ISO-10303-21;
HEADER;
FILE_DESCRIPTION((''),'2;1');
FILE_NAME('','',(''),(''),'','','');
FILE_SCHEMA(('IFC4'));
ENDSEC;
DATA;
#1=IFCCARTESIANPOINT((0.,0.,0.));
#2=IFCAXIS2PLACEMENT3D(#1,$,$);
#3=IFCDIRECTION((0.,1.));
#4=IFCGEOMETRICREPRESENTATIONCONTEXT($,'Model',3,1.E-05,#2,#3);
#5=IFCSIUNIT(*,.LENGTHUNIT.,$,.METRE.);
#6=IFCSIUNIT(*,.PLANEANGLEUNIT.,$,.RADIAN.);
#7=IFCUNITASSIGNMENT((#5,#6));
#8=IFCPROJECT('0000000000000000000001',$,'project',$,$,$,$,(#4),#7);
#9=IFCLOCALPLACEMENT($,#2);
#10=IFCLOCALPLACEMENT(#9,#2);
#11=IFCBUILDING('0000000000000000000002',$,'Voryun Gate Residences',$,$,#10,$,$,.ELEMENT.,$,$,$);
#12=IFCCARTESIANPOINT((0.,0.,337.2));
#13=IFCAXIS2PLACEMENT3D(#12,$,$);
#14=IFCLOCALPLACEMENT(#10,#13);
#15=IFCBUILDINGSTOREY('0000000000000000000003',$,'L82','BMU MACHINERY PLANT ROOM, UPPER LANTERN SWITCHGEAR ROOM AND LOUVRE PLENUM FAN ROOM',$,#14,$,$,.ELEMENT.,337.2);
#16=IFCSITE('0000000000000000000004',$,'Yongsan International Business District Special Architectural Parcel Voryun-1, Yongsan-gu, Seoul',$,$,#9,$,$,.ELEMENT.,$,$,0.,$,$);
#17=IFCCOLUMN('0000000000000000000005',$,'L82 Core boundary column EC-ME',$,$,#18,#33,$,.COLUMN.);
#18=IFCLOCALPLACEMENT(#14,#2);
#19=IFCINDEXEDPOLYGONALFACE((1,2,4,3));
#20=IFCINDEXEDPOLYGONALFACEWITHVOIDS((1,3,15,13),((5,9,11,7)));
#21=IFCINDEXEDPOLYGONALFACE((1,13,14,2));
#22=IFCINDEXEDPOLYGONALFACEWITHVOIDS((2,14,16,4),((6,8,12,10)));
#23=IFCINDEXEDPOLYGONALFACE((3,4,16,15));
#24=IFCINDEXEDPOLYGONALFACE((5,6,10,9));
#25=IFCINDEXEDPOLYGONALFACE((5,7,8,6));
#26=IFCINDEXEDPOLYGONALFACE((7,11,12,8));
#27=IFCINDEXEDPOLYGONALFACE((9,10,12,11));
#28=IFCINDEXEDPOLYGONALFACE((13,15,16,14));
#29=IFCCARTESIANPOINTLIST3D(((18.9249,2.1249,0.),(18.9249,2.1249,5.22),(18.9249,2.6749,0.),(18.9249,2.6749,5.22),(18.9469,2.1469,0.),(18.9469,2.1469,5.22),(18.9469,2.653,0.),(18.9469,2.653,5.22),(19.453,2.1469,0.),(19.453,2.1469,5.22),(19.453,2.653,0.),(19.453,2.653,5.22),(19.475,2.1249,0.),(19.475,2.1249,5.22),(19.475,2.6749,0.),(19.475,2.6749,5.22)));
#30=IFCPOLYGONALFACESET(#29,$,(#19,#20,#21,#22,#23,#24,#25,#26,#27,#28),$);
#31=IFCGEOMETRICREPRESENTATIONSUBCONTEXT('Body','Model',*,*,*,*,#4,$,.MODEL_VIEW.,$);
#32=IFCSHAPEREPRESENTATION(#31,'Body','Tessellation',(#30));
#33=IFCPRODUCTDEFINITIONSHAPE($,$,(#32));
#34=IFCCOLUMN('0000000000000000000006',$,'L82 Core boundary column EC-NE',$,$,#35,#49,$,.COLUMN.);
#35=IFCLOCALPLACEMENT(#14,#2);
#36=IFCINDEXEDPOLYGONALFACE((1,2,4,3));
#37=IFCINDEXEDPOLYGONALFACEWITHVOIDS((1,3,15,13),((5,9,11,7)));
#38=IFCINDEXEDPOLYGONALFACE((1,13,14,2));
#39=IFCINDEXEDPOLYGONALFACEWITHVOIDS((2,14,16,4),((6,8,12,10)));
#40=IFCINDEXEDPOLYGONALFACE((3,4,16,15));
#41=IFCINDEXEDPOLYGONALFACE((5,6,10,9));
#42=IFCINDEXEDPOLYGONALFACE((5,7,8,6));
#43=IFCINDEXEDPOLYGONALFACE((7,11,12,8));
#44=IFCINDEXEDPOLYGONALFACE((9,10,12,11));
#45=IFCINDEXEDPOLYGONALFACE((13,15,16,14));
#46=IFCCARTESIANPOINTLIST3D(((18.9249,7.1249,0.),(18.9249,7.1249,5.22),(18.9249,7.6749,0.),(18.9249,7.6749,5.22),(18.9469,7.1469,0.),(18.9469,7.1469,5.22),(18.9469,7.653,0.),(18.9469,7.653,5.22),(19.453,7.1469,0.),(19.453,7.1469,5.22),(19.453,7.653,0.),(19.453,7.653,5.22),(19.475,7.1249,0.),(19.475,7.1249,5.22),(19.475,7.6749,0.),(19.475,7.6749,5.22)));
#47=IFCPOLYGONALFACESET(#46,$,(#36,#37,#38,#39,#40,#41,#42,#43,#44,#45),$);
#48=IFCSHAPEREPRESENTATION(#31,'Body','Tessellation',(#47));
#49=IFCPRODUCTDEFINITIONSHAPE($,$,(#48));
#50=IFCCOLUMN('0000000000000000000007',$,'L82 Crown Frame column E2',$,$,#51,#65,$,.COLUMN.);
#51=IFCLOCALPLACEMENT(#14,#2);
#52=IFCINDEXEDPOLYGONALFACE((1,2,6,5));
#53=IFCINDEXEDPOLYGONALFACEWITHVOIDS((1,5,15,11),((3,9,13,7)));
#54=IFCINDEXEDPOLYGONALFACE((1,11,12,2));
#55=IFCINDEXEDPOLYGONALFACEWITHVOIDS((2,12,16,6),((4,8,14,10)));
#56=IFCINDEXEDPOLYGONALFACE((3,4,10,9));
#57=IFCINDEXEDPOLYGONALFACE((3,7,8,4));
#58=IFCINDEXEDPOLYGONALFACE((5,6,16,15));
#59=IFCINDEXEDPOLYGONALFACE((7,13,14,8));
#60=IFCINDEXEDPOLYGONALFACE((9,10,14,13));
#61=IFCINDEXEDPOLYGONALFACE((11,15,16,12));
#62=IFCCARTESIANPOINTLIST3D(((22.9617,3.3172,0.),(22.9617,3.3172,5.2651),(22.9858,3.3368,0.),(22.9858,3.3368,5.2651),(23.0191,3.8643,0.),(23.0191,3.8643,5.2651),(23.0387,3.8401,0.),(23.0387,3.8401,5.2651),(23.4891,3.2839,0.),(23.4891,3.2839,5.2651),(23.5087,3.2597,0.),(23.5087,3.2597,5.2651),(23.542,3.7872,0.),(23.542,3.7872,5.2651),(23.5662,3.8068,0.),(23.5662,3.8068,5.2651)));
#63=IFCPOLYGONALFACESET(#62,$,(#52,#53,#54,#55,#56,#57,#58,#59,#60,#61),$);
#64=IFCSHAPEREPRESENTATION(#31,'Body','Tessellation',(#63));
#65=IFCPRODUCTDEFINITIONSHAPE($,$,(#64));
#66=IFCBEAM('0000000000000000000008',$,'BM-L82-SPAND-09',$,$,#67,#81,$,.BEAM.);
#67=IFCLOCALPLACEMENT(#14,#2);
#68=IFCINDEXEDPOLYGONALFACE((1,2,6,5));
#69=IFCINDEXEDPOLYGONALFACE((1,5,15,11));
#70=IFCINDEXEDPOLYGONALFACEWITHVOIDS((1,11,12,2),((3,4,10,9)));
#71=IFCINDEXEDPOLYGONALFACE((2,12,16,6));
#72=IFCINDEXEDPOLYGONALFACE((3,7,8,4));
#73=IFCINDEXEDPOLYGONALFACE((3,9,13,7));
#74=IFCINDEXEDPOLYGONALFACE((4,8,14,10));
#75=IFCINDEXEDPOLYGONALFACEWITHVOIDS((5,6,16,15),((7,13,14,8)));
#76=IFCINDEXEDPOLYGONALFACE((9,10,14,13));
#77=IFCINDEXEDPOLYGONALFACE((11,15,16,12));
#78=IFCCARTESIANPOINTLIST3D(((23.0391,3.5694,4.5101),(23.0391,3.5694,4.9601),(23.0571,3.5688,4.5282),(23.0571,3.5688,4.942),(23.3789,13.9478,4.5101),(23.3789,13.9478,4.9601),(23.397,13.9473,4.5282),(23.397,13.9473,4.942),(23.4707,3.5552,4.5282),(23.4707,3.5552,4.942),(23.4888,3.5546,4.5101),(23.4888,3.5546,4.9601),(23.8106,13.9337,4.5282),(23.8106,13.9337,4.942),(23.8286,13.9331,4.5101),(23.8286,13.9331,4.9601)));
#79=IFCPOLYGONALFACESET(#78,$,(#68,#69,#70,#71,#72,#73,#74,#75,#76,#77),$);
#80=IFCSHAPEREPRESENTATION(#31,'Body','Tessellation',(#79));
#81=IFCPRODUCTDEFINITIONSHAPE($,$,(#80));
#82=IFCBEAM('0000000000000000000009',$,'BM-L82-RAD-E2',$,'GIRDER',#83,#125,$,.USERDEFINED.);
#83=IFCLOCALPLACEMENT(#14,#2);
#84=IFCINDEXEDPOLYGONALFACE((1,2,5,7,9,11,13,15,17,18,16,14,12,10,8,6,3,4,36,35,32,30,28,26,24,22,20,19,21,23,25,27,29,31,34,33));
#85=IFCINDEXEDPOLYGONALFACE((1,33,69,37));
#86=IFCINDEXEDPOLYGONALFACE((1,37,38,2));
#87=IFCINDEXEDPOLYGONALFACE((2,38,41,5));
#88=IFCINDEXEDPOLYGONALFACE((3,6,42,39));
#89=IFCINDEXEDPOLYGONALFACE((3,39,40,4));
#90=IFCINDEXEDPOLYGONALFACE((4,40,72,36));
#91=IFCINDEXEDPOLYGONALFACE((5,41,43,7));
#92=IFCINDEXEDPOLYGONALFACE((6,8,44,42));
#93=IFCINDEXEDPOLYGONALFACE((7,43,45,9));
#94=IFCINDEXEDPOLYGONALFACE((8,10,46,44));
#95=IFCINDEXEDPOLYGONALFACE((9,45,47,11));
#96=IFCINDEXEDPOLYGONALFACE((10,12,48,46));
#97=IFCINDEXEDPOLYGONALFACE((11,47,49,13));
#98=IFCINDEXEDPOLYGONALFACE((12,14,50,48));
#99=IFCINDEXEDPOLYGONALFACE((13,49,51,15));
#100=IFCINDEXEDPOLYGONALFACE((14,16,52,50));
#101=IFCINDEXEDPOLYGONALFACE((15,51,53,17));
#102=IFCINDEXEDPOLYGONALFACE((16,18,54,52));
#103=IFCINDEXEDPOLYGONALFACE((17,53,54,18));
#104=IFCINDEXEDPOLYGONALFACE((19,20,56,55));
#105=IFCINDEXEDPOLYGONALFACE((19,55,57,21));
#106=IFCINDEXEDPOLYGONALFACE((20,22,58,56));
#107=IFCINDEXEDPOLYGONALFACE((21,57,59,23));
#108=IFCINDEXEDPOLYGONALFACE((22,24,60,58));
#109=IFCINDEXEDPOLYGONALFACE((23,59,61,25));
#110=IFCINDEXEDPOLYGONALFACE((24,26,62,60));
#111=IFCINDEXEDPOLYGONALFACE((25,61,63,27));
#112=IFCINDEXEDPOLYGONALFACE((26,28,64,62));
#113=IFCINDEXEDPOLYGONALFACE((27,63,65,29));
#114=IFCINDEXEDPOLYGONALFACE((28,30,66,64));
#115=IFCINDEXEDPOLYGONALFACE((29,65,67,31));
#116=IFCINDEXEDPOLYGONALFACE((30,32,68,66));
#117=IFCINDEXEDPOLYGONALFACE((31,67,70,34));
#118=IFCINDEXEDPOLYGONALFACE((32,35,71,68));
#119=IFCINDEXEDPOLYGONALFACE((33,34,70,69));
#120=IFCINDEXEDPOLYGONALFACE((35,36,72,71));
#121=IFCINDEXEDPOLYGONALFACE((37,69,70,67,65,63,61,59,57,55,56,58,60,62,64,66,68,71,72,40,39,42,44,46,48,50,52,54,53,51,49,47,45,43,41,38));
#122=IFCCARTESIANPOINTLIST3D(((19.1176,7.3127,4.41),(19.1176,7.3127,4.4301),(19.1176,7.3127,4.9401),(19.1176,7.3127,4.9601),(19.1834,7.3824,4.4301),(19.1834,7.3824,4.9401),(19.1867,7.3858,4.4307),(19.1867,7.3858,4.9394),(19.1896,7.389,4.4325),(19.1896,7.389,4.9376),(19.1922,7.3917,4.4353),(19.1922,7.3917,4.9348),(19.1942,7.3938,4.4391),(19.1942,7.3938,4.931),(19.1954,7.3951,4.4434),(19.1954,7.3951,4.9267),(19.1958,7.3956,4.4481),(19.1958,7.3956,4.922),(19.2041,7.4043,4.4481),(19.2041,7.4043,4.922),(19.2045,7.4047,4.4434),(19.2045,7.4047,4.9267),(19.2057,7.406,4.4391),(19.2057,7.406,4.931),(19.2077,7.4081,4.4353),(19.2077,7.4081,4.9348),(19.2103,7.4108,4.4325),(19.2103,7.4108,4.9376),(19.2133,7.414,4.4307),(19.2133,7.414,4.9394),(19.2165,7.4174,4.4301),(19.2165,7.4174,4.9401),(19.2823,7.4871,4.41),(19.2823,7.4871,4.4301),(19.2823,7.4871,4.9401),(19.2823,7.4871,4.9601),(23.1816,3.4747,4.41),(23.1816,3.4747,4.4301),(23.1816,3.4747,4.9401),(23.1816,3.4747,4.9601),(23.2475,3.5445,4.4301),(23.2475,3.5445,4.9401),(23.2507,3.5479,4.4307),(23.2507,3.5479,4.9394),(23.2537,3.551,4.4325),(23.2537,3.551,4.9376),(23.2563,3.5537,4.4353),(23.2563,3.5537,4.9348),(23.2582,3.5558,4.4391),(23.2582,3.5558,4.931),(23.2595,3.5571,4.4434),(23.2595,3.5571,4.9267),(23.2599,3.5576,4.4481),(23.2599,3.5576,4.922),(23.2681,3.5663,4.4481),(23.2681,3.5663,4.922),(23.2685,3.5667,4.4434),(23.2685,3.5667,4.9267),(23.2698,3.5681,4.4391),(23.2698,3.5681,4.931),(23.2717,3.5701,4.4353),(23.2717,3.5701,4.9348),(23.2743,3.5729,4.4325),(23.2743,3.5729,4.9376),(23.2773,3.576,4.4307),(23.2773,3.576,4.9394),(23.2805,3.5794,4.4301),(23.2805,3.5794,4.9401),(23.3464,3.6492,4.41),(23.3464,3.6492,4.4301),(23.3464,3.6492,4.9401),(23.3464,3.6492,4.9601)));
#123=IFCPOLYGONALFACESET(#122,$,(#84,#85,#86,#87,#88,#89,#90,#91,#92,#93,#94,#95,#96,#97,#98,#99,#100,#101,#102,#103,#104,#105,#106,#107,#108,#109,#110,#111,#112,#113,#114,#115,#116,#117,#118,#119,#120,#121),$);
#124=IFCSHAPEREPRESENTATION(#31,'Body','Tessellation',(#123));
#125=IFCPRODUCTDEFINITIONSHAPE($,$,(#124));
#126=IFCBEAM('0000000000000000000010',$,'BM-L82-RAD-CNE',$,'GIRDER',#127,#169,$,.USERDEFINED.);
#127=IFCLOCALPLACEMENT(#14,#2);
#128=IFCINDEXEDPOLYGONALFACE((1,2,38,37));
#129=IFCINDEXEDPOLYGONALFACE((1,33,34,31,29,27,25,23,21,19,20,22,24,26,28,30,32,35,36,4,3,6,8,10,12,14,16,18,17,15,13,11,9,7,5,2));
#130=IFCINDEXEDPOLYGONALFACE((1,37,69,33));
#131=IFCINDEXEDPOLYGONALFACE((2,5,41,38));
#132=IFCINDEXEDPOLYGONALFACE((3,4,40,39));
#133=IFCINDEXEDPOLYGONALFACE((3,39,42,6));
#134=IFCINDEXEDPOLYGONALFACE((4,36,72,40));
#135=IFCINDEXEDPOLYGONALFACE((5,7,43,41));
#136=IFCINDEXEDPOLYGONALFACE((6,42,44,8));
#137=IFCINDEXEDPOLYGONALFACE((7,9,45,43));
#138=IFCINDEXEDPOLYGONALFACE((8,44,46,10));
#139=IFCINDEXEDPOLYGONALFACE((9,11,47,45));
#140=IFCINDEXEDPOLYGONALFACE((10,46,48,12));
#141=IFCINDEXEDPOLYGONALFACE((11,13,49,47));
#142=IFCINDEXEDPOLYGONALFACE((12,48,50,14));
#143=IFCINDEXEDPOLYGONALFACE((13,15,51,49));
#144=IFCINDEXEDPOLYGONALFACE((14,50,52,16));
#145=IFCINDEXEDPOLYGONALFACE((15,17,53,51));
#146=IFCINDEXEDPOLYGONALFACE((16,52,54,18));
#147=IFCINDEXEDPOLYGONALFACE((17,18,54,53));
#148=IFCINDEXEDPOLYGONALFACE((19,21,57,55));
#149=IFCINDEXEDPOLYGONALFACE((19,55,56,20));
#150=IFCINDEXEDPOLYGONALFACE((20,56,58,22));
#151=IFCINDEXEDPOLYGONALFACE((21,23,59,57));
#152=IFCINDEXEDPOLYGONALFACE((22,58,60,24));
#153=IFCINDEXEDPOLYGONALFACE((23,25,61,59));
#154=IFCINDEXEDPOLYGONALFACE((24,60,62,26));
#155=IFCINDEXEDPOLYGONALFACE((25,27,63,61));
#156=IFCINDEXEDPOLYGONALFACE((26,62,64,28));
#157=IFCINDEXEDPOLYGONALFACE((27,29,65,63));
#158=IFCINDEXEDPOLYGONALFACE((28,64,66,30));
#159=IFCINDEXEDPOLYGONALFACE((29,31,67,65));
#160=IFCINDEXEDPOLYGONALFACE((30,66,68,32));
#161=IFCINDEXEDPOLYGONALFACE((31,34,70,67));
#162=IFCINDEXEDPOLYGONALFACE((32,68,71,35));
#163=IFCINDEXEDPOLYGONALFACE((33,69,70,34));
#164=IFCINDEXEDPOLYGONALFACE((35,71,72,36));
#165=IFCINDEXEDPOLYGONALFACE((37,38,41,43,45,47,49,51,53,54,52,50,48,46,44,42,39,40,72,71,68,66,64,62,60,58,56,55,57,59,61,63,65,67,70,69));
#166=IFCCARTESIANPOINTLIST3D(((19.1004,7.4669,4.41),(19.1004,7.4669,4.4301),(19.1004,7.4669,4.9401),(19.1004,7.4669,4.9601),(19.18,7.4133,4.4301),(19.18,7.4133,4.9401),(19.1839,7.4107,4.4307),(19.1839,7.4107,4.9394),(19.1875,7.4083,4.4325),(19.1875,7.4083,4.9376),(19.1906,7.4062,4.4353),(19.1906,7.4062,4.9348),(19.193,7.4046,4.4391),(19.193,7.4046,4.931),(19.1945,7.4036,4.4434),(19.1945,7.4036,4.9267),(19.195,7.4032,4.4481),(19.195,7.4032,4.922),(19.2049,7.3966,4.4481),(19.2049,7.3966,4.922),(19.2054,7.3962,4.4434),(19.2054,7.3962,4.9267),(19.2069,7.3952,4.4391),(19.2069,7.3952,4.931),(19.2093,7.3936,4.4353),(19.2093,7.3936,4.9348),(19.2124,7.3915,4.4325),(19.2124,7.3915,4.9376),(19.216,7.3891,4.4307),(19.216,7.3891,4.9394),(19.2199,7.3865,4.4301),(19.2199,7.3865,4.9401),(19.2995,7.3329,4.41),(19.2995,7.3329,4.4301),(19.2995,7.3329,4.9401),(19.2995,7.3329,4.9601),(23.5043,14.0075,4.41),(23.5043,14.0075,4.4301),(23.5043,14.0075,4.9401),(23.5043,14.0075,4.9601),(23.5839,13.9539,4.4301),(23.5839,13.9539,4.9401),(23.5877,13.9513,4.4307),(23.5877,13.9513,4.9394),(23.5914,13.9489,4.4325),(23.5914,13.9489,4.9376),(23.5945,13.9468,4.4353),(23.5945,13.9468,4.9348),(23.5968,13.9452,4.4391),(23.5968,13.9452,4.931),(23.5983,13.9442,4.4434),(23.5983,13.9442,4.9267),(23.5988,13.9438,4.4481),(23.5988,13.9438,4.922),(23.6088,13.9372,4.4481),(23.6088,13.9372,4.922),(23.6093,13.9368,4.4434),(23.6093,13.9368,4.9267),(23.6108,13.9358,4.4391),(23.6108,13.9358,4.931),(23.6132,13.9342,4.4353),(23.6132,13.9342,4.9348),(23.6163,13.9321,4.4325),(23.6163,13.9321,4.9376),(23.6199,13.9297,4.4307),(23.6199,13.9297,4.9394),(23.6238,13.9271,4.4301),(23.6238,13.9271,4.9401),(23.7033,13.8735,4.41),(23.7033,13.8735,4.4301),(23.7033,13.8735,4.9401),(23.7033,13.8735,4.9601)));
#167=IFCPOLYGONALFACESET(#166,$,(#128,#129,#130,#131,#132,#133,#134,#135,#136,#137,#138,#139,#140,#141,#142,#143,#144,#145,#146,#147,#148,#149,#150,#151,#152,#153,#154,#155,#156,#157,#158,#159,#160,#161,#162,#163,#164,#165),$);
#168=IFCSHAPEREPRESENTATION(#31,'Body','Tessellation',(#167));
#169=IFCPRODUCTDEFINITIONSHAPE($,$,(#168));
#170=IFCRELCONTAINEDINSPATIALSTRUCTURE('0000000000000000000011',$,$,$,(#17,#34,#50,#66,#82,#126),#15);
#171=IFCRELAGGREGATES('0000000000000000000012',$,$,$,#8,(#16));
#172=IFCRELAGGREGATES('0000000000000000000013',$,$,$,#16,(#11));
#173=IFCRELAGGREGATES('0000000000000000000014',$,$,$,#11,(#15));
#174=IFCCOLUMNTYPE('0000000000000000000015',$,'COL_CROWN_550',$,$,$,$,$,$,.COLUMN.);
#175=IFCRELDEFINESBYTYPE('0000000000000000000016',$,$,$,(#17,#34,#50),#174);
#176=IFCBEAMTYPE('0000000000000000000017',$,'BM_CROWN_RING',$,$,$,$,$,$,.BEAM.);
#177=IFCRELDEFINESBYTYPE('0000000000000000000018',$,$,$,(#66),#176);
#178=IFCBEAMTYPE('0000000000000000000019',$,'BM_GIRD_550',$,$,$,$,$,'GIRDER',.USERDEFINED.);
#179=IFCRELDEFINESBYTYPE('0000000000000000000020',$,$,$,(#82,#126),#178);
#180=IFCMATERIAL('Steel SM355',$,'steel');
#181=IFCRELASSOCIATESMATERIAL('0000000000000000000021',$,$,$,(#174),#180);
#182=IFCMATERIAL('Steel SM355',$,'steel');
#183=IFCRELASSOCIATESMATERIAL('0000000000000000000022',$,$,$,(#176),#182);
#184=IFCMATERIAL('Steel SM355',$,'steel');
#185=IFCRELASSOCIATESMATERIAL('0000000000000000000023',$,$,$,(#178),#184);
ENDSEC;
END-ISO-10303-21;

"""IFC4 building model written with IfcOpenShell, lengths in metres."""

from ifc_helpers import new_model, si_unit, direction, frame, origin, origin_2d, place, context, subcontext, project, spatial, hollow_rectangle, i_section, extrude, material, material_profile, profile_set, type_object, element, save


model = new_model("IFC4")

# Units and contexts
model_context = context("Model", 3, precision=1e-05, world=origin(), true_north=direction((0.0, 1.0)))
body_context = subcontext(model_context, "Body", "Model", "MODEL_VIEW")
ifc_project = project(units=[si_unit("LENGTHUNIT", "METRE"), si_unit("PLANEANGLEUNIT", "RADIAN")], contexts=[model_context])

# Site, building, storey
site_placement = place(None, origin())
site = spatial("IfcSite", under=ifc_project, at=site_placement, Name="Yongsan International Business District Special Architectural Parcel Voryun-1, Yongsan-gu, Seoul", CompositionType="ELEMENT", RefElevation=0.0)
building_placement = place(site_placement, origin())
building = spatial("IfcBuilding", under=site, at=building_placement, Name="Voryun Gate Residences", CompositionType="ELEMENT")
storey_placement = place(building_placement, frame((0.0, 0.0, 337.2)))
storey = spatial("IfcBuildingStorey", under=building, at=storey_placement, Name="L82", Description="BMU MACHINERY PLANT ROOM, UPPER LANTERN SWITCHGEAR ROOM AND LOUVRE PLENUM FAN ROOM", CompositionType="ELEMENT", Elevation=337.2)

# Columns
ifc_material_1 = material(Name="Steel SM355", Category="steel")
ifc_material_profile_1 = material_profile(ifc_material_1, hollow_rectangle(XDim=0.55, YDim=0.55, WallThickness=0.022, at=origin_2d()), Name="BOX-550x550x22")
ifc_profile_set_1 = profile_set([ifc_material_profile_1], Name="Steel SM355")
column_type = type_object("IfcColumnType", Name="COL_CROWN_550", PredefinedType="COLUMN", material=ifc_profile_set_1)
for number, where, z_axis, x_axis, name in (
    (1, (19.2, 2.3999, 0.0), (0.0, 0.0, 1.0), (1.0, 0.0, 0.0), "L82 Core boundary column EC-ME"),
    (2, (19.2, 7.3999, 0.0), (0.0, 0.0, 1.0), (1.0, 0.0, 0.0), "L82 Core boundary column EC-NE"),
):
    element("IfcColumn", number, at=place(storey_placement, frame(where, z_axis=z_axis, x_axis=x_axis)), inside=storey, type_object=column_type, Name=name, PredefinedType="COLUMN", context=body_context, shape_type="SweptSolid", body=[
        extrude(hollow_rectangle(XDim=0.55, YDim=0.55, WallThickness=0.022, at=origin_2d()), origin(), (0.0, 0.0, 1.0), 5.22),
    ])
column_placement = place(storey_placement, frame((23.2639, 3.562, 0.0), z_axis=(0.0, 0.0, 1.0), x_axis=(0.994522, -0.104528, 0.0)))
element("IfcColumn", 3, at=column_placement, inside=storey, type_object=column_type, Name="L82 Crown Frame column E2", PredefinedType="COLUMN", context=body_context, shape_type="SweptSolid", body=[
    extrude(hollow_rectangle(XDim=0.55, YDim=0.55, WallThickness=0.022, at=origin_2d()), origin(), (0.0, 0.0, 1.0), 5.2651),
])

# Beams
ifc_material_2 = material(Name="Steel SM355", Category="steel")
ifc_material_profile_2 = material_profile(ifc_material_2, hollow_rectangle(XDim=0.45, YDim=0.45, WallThickness=0.0181, at=origin_2d()), Name="BOX-450x450x18")
ifc_profile_set_2 = profile_set([ifc_material_profile_2], Name="Steel SM355")
beam_type_1 = type_object("IfcBeamType", Name="BM_CROWN_RING", PredefinedType="BEAM", material=ifc_profile_set_2)
beam_1_placement = place(storey_placement, frame((23.2639, 3.562, 4.7351), z_axis=(0.032728, 0.999464, 0.0), x_axis=(-0.999464, 0.032728, 0.0)))
element("IfcBeam", 4, at=beam_1_placement, inside=storey, type_object=beam_type_1, Name="BM-L82-SPAND-09", PredefinedType="BEAM", context=body_context, shape_type="SweptSolid", body=[
    extrude(hollow_rectangle(XDim=0.45, YDim=0.45, WallThickness=0.0181, at=origin_2d()), origin(), (0.0, 0.0, 1.0), 10.384),
])
ifc_material_3 = material(Name="Steel SM355", Category="steel")
ifc_material_profile_3 = material_profile(ifc_material_3, i_section(OverallWidth=0.24, OverallDepth=0.55, WebThickness=0.012, FlangeThickness=0.02, FilletRadius=0.0181, at=origin_2d()), Name="H-550x240x12x20")
ifc_profile_set_3 = profile_set([ifc_material_profile_3], Name="Steel SM355")
beam_type_2 = type_object("IfcBeamType", Name="BM_GIRD_550", ElementType="GIRDER", PredefinedType="USERDEFINED", material=ifc_profile_set_3)
beam_2_placement = place(storey_placement, frame((19.2, 7.3999, 4.6851), z_axis=(0.72704, -0.686595, 0.0), x_axis=(0.686595, 0.72704, 0.0)))
element("IfcBeam", 5, at=beam_2_placement, inside=storey, type_object=beam_type_2, Name="BM-L82-RAD-E2", ObjectType="GIRDER", PredefinedType="USERDEFINED", context=body_context, shape_type="SweptSolid", body=[
    extrude(i_section(OverallWidth=0.24, OverallDepth=0.55, WebThickness=0.012, FlangeThickness=0.02, FilletRadius=0.0181, at=origin_2d()), origin(), (0.0, 0.0, 1.0), 5.5898),
])
beam_3_placement = place(storey_placement, frame((19.2, 7.3999, 4.6851), z_axis=(0.55851, 0.829498, 0.0), x_axis=(-0.829498, 0.55851, 0.0)))
element("IfcBeam", 6, at=beam_3_placement, inside=storey, type_object=beam_type_2, Name="BM-L82-RAD-CNE", ObjectType="GIRDER", PredefinedType="USERDEFINED", context=body_context, shape_type="SweptSolid", body=[
    extrude(i_section(OverallWidth=0.24, OverallDepth=0.55, WebThickness=0.012, FlangeThickness=0.02, FilletRadius=0.0181, at=origin_2d()), origin(), (0.0, 0.0, 1.0), 7.885),
])

save(model, "model.ifc")
